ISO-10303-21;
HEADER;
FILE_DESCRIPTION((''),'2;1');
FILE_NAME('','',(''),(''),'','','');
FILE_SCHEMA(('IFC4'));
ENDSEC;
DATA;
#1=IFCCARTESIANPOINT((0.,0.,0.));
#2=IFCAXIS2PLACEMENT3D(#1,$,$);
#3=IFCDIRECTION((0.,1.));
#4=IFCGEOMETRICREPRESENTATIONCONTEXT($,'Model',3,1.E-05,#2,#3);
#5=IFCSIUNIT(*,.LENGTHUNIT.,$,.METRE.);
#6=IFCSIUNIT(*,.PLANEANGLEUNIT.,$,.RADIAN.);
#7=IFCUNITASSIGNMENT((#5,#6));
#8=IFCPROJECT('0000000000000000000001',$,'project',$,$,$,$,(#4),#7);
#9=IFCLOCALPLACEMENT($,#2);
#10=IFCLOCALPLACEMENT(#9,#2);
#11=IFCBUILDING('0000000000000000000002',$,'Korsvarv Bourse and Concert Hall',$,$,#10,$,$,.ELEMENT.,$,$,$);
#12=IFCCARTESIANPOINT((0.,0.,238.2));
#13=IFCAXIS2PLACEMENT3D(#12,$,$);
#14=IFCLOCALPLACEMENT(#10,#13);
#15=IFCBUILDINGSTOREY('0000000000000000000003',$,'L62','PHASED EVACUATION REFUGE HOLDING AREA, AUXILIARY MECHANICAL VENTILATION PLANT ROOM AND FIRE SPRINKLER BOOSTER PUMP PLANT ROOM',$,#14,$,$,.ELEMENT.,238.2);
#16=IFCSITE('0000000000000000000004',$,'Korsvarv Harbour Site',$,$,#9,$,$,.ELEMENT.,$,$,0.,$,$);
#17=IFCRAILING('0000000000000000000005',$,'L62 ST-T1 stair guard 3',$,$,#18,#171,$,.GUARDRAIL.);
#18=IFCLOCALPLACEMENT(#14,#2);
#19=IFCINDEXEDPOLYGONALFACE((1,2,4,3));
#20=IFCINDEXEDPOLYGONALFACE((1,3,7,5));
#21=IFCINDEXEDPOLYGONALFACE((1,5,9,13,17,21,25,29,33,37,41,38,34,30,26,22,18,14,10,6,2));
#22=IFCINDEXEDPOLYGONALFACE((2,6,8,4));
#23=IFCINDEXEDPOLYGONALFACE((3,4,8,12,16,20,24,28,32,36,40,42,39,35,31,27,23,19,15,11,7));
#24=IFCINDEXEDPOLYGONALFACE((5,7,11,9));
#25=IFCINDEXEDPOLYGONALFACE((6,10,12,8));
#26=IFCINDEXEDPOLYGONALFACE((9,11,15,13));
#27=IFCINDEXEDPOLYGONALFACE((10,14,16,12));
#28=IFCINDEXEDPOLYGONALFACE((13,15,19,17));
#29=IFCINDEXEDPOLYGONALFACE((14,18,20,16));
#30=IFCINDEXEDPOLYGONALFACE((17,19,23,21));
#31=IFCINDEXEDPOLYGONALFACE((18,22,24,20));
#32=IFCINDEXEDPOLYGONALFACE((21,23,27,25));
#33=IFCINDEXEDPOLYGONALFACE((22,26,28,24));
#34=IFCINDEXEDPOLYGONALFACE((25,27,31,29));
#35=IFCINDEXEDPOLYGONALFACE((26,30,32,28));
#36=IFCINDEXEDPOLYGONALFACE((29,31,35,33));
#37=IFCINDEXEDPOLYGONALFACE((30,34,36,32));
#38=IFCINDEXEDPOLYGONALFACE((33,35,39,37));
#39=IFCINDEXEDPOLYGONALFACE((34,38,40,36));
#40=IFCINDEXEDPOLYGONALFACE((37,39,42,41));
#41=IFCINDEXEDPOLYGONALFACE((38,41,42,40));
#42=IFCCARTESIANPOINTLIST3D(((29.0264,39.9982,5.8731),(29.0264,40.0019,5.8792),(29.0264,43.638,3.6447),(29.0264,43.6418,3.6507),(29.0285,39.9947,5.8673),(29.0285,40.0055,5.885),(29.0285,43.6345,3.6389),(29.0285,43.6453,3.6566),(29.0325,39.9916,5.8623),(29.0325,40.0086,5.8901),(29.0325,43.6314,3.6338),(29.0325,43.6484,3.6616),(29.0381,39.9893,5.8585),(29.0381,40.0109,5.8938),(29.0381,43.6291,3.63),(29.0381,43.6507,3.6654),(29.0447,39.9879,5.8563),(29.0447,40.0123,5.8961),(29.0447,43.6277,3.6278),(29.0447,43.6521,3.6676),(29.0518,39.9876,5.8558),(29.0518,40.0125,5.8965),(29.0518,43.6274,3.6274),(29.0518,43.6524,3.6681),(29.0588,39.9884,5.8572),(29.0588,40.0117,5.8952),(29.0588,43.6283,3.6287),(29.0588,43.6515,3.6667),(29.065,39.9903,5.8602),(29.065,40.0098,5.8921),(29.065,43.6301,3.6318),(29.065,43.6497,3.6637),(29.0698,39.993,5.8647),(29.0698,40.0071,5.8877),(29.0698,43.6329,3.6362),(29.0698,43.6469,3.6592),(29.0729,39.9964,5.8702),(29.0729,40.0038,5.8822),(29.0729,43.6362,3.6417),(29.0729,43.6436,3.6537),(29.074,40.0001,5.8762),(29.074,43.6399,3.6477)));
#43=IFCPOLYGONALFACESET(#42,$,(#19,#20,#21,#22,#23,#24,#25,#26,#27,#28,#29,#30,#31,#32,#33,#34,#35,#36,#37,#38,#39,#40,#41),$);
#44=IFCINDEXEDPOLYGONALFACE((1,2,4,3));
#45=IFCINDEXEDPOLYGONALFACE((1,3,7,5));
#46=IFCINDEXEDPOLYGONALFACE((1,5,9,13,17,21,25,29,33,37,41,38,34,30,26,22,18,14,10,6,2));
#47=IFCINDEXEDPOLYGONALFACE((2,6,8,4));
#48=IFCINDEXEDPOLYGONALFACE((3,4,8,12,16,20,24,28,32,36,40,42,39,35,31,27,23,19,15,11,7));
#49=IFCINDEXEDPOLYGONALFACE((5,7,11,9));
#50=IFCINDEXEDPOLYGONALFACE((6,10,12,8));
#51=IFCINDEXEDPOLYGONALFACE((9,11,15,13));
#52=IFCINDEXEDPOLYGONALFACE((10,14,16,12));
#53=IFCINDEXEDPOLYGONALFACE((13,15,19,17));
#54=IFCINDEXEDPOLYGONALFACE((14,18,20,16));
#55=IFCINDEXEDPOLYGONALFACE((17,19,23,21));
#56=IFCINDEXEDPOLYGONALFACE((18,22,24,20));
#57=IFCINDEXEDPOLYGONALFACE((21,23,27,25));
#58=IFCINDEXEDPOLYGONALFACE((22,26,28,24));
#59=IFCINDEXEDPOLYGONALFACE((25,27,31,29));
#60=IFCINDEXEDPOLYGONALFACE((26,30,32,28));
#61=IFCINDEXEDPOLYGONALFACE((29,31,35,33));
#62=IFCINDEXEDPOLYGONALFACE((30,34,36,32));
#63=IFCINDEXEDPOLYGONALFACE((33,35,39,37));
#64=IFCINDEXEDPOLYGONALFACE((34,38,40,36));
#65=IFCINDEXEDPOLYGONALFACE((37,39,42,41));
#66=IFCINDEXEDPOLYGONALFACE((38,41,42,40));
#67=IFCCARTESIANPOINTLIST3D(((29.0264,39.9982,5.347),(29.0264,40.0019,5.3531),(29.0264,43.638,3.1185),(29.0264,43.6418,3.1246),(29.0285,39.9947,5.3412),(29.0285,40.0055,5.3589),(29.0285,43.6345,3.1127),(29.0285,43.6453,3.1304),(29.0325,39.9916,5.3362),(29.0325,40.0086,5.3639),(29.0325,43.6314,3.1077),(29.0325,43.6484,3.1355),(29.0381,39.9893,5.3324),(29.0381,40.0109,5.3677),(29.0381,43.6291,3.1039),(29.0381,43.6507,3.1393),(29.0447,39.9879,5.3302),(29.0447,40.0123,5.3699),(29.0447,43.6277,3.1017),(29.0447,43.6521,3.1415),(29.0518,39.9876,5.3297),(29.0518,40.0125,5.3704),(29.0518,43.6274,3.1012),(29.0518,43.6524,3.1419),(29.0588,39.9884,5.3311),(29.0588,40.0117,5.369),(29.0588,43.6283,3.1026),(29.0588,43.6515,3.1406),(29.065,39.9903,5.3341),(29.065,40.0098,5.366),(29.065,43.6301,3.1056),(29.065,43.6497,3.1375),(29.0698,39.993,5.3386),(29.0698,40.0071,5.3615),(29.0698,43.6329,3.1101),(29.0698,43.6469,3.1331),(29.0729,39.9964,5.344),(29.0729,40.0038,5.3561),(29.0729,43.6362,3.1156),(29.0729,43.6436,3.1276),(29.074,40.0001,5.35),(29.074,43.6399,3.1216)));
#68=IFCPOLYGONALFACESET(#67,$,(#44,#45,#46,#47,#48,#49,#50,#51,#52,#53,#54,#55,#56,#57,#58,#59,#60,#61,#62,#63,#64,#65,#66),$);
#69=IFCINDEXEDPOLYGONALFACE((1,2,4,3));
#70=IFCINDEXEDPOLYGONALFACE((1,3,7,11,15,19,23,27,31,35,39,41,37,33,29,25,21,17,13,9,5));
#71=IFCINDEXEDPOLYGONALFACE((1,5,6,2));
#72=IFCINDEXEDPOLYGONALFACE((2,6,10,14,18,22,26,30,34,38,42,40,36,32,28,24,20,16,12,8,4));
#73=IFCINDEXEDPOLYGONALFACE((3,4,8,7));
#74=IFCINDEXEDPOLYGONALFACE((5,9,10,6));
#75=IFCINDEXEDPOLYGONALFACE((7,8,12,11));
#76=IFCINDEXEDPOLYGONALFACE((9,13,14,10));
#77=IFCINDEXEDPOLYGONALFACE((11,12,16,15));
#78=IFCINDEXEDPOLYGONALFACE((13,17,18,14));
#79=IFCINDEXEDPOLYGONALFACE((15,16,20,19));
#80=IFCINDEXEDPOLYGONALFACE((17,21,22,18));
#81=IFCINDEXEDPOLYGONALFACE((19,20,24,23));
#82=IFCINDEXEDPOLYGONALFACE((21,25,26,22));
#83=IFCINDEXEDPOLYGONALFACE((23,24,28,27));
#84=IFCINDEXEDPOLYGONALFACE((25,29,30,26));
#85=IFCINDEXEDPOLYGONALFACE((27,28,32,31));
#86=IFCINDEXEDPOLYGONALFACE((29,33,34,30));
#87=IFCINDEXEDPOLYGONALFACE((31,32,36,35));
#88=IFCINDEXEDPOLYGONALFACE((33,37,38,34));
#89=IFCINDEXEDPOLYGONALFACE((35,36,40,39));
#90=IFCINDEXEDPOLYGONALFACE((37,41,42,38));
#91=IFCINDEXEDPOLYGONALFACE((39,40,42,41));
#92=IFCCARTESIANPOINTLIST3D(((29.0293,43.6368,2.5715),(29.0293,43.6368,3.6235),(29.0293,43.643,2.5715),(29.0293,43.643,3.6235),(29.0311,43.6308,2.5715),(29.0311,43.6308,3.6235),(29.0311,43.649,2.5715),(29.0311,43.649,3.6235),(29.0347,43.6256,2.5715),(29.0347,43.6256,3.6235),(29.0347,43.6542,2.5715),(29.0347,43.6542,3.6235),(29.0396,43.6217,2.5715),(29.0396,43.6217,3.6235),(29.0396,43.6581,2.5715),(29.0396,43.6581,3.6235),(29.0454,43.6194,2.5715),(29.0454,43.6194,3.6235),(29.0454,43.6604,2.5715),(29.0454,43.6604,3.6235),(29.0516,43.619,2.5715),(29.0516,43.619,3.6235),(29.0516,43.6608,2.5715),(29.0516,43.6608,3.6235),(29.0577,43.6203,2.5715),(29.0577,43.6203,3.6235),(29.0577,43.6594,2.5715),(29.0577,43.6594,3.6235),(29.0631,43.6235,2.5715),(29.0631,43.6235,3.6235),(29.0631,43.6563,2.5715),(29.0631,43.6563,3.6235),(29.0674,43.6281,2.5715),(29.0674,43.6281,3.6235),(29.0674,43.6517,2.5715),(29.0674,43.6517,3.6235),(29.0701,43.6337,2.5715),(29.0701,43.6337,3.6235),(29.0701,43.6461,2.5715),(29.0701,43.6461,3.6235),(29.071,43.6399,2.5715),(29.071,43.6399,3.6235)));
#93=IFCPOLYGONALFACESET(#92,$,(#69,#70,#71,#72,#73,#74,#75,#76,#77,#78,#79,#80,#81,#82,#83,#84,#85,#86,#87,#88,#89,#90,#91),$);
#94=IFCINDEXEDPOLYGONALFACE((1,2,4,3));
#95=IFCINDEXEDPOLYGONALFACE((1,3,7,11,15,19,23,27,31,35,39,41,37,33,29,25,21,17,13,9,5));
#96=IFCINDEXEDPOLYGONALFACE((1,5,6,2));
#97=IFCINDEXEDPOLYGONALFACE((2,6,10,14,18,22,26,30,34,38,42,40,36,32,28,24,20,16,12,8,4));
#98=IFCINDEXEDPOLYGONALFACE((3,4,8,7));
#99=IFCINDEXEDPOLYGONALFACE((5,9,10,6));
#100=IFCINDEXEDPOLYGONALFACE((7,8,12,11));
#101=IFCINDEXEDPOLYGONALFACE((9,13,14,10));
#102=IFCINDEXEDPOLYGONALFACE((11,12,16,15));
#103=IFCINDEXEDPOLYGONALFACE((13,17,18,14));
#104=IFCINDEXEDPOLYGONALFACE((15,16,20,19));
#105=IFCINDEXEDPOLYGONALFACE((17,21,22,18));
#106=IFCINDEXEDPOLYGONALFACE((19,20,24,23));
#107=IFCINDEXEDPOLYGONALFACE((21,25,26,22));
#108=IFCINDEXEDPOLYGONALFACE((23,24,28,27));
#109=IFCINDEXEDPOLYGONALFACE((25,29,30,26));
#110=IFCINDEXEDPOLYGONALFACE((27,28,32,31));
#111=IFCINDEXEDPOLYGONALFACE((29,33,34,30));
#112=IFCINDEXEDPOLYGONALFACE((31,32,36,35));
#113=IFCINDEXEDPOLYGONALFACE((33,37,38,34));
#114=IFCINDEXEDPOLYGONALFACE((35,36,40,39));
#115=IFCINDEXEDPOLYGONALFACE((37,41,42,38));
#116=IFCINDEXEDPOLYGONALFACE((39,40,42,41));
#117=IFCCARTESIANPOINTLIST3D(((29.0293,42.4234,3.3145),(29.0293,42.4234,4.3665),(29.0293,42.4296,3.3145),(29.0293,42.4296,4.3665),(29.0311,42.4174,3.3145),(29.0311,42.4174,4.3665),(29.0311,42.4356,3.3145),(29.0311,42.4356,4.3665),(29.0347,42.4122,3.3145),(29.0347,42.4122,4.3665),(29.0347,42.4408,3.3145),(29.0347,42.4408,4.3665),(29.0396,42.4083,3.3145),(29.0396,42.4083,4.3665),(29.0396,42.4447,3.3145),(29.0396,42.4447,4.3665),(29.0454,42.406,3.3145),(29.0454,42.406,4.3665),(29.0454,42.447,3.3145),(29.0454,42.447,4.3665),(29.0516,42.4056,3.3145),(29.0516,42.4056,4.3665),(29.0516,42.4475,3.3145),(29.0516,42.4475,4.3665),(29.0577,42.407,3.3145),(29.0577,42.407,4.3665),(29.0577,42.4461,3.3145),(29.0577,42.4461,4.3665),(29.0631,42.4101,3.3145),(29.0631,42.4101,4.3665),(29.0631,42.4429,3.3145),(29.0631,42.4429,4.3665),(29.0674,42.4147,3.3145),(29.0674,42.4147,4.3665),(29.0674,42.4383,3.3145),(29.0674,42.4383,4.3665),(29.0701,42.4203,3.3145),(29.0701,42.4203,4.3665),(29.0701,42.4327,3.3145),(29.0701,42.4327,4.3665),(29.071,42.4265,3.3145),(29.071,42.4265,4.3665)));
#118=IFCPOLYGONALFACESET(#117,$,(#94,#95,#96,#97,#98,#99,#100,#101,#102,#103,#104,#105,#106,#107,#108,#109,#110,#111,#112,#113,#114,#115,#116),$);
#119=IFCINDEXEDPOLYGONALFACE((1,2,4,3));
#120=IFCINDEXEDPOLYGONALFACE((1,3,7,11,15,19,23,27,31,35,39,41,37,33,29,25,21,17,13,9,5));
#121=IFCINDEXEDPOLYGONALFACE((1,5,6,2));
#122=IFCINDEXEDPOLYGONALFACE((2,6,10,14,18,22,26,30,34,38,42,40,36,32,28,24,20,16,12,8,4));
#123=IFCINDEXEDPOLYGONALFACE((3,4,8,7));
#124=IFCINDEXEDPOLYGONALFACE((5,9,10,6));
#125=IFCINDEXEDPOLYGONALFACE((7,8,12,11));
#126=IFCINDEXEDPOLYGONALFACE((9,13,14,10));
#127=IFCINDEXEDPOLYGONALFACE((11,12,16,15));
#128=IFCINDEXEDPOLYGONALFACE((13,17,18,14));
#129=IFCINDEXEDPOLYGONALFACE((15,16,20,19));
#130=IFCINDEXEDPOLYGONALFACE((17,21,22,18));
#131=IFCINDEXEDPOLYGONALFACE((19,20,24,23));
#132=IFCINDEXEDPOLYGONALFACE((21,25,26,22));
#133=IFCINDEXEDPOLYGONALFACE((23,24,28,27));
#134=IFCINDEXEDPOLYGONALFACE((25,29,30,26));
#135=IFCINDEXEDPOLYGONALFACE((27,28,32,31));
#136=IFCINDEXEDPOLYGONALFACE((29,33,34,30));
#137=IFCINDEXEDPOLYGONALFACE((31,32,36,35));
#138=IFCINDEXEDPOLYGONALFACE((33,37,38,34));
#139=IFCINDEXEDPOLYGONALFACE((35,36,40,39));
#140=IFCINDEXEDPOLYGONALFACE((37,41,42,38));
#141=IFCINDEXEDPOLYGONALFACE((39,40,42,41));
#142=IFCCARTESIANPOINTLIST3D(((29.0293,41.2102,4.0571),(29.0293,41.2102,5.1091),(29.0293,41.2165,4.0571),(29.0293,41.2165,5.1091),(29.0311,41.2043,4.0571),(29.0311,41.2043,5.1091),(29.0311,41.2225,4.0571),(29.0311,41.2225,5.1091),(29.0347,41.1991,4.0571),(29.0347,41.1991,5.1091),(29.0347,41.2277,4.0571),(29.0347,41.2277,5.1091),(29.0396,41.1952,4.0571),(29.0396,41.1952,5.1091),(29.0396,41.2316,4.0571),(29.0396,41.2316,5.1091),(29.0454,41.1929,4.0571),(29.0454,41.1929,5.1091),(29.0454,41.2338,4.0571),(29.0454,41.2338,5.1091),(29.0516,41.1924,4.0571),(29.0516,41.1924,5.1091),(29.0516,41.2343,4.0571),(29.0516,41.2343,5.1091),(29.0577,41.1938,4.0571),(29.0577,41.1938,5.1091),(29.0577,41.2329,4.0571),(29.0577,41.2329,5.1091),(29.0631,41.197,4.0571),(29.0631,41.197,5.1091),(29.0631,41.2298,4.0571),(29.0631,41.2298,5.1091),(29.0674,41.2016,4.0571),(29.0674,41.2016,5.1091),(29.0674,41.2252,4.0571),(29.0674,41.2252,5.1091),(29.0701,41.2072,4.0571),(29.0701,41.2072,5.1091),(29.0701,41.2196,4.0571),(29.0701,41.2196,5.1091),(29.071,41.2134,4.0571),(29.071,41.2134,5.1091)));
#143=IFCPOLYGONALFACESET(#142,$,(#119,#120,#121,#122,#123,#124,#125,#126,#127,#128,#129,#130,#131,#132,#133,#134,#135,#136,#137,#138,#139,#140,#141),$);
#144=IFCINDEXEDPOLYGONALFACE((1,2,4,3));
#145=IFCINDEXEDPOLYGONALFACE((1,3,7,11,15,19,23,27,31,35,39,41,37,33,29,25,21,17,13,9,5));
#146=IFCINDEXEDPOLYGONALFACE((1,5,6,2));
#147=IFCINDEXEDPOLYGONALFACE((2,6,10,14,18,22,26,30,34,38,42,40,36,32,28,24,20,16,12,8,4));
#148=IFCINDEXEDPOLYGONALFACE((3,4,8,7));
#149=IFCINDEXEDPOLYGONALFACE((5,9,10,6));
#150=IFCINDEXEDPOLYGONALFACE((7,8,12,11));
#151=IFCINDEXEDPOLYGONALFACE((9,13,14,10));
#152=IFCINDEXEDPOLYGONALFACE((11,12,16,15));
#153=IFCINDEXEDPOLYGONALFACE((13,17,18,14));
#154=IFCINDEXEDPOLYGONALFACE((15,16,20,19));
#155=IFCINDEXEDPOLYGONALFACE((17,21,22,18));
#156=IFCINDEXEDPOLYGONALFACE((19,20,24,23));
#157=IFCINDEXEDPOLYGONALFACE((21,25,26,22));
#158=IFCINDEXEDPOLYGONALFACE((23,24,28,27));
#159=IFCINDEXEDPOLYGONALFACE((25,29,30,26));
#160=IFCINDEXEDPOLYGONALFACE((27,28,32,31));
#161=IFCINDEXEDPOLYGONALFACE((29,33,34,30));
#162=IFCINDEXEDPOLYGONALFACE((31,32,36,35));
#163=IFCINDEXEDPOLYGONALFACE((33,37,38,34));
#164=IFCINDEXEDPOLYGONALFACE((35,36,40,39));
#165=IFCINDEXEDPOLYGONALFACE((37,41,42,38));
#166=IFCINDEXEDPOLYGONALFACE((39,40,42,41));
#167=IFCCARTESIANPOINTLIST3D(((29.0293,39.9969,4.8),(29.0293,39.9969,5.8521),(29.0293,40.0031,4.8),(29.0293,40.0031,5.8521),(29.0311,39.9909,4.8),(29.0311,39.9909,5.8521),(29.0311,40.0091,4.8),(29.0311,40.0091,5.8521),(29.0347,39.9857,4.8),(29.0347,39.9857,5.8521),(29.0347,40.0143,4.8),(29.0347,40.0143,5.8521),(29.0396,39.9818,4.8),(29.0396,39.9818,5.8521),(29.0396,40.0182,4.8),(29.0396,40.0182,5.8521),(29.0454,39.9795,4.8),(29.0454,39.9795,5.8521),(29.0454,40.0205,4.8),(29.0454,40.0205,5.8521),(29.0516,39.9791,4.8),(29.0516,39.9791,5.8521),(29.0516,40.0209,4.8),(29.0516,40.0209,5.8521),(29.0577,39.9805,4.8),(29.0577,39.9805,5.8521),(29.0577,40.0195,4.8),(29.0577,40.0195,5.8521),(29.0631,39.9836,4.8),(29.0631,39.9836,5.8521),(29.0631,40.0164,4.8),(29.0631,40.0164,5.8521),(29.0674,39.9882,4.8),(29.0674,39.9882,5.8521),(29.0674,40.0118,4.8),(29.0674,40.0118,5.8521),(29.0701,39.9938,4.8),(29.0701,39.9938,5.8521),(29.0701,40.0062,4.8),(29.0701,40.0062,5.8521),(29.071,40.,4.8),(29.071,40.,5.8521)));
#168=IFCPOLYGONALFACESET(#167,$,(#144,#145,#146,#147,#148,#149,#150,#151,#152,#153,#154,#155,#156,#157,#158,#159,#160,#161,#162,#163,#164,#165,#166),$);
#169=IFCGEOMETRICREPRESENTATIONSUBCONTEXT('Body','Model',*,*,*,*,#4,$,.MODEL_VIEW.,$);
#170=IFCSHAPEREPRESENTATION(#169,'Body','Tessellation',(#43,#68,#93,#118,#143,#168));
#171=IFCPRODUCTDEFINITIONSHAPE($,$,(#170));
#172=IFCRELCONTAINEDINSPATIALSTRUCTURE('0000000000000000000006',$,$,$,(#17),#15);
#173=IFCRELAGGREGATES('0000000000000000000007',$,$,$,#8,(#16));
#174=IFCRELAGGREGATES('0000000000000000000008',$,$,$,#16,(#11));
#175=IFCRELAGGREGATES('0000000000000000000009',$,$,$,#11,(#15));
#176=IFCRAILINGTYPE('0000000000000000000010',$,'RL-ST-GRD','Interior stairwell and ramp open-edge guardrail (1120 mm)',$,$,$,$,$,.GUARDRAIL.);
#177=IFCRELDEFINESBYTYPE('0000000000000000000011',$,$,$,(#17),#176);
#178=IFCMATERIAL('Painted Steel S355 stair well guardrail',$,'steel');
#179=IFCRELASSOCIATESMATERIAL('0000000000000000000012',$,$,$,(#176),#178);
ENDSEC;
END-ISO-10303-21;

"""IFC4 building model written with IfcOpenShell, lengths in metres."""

from ifc_helpers import new_model, si_unit, direction, frame, origin, origin_2d, place, context, subcontext, project, spatial, circle, extrude, material, type_object, element, save


model = new_model("IFC4")

# Units and contexts
model_context = context("Model", 3, precision=1e-05, world=origin(), true_north=direction((0.0, 1.0)))
body_context = subcontext(model_context, "Body", "Model", "MODEL_VIEW")
ifc_project = project(units=[si_unit("LENGTHUNIT", "METRE"), si_unit("PLANEANGLEUNIT", "RADIAN")], contexts=[model_context])

# Site, building, storey
site_placement = place(None, origin())
site = spatial("IfcSite", under=ifc_project, at=site_placement, Name="Korsvarv Harbour Site", CompositionType="ELEMENT", RefElevation=0.0)
building_placement = place(site_placement, origin())
building = spatial("IfcBuilding", under=site, at=building_placement, Name="Korsvarv Bourse and Concert Hall", CompositionType="ELEMENT")
storey_placement = place(building_placement, frame((0.0, 0.0, 238.2)))
storey = spatial("IfcBuildingStorey", under=building, at=storey_placement, Name="L62", Description="PHASED EVACUATION REFUGE HOLDING AREA, AUXILIARY MECHANICAL VENTILATION PLANT ROOM AND FIRE SPRINKLER BOOSTER PUMP PLANT ROOM", CompositionType="ELEMENT", Elevation=238.2)

# Railing
ifc_material_1 = material(Name="Painted Steel S355 stair well guardrail", Category="steel")
railing_type_1 = type_object("IfcRailingType", Name="RL-ST-GRD", Description="Interior stairwell and ramp open-edge guardrail (1120 mm)", PredefinedType="GUARDRAIL", material=ifc_material_1)
railing_1_placement = place(storey_placement, frame((29.05, 43.6399, 2.5715)))
element("IfcRailing", 1, at=railing_1_placement, inside=storey, type_object=railing_type_1, Name="L62 ST-T1 stair guard 3", PredefinedType="GUARDRAIL", context=body_context, shape_type="SweptSolid", body=[
    extrude(circle(Radius=0.0239, at=origin_2d()), frame((0.0, 0.0, 1.0762), z_axis=(0.0, -0.85285, 0.522156), x_axis=(1.0, 0.0, 0.0)), (0.0, 0.0, 1.0), 4.2678),
    extrude(circle(Radius=0.0239, at=origin_2d()), frame((0.0, 0.0, 0.55), z_axis=(0.0, -0.85285, 0.522156), x_axis=(1.0, 0.0, 0.0)), (0.0, 0.0, 1.0), 4.2678),
    extrude(circle(Radius=0.021, at=origin_2d()), origin(), (0.0, 0.0, 1.0), 1.052),
    extrude(circle(Radius=0.021, at=origin_2d()), frame((0.0, -1.2134, 0.7429)), (0.0, 0.0, 1.0), 1.052),
    extrude(circle(Radius=0.021, at=origin_2d()), frame((0.0, -2.4265, 1.4856)), (0.0, 0.0, 1.0), 1.052),
    extrude(circle(Radius=0.021, at=origin_2d()), frame((0.0, -3.6399, 2.2285)), (0.0, 0.0, 1.0), 1.052),
])

save(model, "model.ifc")
